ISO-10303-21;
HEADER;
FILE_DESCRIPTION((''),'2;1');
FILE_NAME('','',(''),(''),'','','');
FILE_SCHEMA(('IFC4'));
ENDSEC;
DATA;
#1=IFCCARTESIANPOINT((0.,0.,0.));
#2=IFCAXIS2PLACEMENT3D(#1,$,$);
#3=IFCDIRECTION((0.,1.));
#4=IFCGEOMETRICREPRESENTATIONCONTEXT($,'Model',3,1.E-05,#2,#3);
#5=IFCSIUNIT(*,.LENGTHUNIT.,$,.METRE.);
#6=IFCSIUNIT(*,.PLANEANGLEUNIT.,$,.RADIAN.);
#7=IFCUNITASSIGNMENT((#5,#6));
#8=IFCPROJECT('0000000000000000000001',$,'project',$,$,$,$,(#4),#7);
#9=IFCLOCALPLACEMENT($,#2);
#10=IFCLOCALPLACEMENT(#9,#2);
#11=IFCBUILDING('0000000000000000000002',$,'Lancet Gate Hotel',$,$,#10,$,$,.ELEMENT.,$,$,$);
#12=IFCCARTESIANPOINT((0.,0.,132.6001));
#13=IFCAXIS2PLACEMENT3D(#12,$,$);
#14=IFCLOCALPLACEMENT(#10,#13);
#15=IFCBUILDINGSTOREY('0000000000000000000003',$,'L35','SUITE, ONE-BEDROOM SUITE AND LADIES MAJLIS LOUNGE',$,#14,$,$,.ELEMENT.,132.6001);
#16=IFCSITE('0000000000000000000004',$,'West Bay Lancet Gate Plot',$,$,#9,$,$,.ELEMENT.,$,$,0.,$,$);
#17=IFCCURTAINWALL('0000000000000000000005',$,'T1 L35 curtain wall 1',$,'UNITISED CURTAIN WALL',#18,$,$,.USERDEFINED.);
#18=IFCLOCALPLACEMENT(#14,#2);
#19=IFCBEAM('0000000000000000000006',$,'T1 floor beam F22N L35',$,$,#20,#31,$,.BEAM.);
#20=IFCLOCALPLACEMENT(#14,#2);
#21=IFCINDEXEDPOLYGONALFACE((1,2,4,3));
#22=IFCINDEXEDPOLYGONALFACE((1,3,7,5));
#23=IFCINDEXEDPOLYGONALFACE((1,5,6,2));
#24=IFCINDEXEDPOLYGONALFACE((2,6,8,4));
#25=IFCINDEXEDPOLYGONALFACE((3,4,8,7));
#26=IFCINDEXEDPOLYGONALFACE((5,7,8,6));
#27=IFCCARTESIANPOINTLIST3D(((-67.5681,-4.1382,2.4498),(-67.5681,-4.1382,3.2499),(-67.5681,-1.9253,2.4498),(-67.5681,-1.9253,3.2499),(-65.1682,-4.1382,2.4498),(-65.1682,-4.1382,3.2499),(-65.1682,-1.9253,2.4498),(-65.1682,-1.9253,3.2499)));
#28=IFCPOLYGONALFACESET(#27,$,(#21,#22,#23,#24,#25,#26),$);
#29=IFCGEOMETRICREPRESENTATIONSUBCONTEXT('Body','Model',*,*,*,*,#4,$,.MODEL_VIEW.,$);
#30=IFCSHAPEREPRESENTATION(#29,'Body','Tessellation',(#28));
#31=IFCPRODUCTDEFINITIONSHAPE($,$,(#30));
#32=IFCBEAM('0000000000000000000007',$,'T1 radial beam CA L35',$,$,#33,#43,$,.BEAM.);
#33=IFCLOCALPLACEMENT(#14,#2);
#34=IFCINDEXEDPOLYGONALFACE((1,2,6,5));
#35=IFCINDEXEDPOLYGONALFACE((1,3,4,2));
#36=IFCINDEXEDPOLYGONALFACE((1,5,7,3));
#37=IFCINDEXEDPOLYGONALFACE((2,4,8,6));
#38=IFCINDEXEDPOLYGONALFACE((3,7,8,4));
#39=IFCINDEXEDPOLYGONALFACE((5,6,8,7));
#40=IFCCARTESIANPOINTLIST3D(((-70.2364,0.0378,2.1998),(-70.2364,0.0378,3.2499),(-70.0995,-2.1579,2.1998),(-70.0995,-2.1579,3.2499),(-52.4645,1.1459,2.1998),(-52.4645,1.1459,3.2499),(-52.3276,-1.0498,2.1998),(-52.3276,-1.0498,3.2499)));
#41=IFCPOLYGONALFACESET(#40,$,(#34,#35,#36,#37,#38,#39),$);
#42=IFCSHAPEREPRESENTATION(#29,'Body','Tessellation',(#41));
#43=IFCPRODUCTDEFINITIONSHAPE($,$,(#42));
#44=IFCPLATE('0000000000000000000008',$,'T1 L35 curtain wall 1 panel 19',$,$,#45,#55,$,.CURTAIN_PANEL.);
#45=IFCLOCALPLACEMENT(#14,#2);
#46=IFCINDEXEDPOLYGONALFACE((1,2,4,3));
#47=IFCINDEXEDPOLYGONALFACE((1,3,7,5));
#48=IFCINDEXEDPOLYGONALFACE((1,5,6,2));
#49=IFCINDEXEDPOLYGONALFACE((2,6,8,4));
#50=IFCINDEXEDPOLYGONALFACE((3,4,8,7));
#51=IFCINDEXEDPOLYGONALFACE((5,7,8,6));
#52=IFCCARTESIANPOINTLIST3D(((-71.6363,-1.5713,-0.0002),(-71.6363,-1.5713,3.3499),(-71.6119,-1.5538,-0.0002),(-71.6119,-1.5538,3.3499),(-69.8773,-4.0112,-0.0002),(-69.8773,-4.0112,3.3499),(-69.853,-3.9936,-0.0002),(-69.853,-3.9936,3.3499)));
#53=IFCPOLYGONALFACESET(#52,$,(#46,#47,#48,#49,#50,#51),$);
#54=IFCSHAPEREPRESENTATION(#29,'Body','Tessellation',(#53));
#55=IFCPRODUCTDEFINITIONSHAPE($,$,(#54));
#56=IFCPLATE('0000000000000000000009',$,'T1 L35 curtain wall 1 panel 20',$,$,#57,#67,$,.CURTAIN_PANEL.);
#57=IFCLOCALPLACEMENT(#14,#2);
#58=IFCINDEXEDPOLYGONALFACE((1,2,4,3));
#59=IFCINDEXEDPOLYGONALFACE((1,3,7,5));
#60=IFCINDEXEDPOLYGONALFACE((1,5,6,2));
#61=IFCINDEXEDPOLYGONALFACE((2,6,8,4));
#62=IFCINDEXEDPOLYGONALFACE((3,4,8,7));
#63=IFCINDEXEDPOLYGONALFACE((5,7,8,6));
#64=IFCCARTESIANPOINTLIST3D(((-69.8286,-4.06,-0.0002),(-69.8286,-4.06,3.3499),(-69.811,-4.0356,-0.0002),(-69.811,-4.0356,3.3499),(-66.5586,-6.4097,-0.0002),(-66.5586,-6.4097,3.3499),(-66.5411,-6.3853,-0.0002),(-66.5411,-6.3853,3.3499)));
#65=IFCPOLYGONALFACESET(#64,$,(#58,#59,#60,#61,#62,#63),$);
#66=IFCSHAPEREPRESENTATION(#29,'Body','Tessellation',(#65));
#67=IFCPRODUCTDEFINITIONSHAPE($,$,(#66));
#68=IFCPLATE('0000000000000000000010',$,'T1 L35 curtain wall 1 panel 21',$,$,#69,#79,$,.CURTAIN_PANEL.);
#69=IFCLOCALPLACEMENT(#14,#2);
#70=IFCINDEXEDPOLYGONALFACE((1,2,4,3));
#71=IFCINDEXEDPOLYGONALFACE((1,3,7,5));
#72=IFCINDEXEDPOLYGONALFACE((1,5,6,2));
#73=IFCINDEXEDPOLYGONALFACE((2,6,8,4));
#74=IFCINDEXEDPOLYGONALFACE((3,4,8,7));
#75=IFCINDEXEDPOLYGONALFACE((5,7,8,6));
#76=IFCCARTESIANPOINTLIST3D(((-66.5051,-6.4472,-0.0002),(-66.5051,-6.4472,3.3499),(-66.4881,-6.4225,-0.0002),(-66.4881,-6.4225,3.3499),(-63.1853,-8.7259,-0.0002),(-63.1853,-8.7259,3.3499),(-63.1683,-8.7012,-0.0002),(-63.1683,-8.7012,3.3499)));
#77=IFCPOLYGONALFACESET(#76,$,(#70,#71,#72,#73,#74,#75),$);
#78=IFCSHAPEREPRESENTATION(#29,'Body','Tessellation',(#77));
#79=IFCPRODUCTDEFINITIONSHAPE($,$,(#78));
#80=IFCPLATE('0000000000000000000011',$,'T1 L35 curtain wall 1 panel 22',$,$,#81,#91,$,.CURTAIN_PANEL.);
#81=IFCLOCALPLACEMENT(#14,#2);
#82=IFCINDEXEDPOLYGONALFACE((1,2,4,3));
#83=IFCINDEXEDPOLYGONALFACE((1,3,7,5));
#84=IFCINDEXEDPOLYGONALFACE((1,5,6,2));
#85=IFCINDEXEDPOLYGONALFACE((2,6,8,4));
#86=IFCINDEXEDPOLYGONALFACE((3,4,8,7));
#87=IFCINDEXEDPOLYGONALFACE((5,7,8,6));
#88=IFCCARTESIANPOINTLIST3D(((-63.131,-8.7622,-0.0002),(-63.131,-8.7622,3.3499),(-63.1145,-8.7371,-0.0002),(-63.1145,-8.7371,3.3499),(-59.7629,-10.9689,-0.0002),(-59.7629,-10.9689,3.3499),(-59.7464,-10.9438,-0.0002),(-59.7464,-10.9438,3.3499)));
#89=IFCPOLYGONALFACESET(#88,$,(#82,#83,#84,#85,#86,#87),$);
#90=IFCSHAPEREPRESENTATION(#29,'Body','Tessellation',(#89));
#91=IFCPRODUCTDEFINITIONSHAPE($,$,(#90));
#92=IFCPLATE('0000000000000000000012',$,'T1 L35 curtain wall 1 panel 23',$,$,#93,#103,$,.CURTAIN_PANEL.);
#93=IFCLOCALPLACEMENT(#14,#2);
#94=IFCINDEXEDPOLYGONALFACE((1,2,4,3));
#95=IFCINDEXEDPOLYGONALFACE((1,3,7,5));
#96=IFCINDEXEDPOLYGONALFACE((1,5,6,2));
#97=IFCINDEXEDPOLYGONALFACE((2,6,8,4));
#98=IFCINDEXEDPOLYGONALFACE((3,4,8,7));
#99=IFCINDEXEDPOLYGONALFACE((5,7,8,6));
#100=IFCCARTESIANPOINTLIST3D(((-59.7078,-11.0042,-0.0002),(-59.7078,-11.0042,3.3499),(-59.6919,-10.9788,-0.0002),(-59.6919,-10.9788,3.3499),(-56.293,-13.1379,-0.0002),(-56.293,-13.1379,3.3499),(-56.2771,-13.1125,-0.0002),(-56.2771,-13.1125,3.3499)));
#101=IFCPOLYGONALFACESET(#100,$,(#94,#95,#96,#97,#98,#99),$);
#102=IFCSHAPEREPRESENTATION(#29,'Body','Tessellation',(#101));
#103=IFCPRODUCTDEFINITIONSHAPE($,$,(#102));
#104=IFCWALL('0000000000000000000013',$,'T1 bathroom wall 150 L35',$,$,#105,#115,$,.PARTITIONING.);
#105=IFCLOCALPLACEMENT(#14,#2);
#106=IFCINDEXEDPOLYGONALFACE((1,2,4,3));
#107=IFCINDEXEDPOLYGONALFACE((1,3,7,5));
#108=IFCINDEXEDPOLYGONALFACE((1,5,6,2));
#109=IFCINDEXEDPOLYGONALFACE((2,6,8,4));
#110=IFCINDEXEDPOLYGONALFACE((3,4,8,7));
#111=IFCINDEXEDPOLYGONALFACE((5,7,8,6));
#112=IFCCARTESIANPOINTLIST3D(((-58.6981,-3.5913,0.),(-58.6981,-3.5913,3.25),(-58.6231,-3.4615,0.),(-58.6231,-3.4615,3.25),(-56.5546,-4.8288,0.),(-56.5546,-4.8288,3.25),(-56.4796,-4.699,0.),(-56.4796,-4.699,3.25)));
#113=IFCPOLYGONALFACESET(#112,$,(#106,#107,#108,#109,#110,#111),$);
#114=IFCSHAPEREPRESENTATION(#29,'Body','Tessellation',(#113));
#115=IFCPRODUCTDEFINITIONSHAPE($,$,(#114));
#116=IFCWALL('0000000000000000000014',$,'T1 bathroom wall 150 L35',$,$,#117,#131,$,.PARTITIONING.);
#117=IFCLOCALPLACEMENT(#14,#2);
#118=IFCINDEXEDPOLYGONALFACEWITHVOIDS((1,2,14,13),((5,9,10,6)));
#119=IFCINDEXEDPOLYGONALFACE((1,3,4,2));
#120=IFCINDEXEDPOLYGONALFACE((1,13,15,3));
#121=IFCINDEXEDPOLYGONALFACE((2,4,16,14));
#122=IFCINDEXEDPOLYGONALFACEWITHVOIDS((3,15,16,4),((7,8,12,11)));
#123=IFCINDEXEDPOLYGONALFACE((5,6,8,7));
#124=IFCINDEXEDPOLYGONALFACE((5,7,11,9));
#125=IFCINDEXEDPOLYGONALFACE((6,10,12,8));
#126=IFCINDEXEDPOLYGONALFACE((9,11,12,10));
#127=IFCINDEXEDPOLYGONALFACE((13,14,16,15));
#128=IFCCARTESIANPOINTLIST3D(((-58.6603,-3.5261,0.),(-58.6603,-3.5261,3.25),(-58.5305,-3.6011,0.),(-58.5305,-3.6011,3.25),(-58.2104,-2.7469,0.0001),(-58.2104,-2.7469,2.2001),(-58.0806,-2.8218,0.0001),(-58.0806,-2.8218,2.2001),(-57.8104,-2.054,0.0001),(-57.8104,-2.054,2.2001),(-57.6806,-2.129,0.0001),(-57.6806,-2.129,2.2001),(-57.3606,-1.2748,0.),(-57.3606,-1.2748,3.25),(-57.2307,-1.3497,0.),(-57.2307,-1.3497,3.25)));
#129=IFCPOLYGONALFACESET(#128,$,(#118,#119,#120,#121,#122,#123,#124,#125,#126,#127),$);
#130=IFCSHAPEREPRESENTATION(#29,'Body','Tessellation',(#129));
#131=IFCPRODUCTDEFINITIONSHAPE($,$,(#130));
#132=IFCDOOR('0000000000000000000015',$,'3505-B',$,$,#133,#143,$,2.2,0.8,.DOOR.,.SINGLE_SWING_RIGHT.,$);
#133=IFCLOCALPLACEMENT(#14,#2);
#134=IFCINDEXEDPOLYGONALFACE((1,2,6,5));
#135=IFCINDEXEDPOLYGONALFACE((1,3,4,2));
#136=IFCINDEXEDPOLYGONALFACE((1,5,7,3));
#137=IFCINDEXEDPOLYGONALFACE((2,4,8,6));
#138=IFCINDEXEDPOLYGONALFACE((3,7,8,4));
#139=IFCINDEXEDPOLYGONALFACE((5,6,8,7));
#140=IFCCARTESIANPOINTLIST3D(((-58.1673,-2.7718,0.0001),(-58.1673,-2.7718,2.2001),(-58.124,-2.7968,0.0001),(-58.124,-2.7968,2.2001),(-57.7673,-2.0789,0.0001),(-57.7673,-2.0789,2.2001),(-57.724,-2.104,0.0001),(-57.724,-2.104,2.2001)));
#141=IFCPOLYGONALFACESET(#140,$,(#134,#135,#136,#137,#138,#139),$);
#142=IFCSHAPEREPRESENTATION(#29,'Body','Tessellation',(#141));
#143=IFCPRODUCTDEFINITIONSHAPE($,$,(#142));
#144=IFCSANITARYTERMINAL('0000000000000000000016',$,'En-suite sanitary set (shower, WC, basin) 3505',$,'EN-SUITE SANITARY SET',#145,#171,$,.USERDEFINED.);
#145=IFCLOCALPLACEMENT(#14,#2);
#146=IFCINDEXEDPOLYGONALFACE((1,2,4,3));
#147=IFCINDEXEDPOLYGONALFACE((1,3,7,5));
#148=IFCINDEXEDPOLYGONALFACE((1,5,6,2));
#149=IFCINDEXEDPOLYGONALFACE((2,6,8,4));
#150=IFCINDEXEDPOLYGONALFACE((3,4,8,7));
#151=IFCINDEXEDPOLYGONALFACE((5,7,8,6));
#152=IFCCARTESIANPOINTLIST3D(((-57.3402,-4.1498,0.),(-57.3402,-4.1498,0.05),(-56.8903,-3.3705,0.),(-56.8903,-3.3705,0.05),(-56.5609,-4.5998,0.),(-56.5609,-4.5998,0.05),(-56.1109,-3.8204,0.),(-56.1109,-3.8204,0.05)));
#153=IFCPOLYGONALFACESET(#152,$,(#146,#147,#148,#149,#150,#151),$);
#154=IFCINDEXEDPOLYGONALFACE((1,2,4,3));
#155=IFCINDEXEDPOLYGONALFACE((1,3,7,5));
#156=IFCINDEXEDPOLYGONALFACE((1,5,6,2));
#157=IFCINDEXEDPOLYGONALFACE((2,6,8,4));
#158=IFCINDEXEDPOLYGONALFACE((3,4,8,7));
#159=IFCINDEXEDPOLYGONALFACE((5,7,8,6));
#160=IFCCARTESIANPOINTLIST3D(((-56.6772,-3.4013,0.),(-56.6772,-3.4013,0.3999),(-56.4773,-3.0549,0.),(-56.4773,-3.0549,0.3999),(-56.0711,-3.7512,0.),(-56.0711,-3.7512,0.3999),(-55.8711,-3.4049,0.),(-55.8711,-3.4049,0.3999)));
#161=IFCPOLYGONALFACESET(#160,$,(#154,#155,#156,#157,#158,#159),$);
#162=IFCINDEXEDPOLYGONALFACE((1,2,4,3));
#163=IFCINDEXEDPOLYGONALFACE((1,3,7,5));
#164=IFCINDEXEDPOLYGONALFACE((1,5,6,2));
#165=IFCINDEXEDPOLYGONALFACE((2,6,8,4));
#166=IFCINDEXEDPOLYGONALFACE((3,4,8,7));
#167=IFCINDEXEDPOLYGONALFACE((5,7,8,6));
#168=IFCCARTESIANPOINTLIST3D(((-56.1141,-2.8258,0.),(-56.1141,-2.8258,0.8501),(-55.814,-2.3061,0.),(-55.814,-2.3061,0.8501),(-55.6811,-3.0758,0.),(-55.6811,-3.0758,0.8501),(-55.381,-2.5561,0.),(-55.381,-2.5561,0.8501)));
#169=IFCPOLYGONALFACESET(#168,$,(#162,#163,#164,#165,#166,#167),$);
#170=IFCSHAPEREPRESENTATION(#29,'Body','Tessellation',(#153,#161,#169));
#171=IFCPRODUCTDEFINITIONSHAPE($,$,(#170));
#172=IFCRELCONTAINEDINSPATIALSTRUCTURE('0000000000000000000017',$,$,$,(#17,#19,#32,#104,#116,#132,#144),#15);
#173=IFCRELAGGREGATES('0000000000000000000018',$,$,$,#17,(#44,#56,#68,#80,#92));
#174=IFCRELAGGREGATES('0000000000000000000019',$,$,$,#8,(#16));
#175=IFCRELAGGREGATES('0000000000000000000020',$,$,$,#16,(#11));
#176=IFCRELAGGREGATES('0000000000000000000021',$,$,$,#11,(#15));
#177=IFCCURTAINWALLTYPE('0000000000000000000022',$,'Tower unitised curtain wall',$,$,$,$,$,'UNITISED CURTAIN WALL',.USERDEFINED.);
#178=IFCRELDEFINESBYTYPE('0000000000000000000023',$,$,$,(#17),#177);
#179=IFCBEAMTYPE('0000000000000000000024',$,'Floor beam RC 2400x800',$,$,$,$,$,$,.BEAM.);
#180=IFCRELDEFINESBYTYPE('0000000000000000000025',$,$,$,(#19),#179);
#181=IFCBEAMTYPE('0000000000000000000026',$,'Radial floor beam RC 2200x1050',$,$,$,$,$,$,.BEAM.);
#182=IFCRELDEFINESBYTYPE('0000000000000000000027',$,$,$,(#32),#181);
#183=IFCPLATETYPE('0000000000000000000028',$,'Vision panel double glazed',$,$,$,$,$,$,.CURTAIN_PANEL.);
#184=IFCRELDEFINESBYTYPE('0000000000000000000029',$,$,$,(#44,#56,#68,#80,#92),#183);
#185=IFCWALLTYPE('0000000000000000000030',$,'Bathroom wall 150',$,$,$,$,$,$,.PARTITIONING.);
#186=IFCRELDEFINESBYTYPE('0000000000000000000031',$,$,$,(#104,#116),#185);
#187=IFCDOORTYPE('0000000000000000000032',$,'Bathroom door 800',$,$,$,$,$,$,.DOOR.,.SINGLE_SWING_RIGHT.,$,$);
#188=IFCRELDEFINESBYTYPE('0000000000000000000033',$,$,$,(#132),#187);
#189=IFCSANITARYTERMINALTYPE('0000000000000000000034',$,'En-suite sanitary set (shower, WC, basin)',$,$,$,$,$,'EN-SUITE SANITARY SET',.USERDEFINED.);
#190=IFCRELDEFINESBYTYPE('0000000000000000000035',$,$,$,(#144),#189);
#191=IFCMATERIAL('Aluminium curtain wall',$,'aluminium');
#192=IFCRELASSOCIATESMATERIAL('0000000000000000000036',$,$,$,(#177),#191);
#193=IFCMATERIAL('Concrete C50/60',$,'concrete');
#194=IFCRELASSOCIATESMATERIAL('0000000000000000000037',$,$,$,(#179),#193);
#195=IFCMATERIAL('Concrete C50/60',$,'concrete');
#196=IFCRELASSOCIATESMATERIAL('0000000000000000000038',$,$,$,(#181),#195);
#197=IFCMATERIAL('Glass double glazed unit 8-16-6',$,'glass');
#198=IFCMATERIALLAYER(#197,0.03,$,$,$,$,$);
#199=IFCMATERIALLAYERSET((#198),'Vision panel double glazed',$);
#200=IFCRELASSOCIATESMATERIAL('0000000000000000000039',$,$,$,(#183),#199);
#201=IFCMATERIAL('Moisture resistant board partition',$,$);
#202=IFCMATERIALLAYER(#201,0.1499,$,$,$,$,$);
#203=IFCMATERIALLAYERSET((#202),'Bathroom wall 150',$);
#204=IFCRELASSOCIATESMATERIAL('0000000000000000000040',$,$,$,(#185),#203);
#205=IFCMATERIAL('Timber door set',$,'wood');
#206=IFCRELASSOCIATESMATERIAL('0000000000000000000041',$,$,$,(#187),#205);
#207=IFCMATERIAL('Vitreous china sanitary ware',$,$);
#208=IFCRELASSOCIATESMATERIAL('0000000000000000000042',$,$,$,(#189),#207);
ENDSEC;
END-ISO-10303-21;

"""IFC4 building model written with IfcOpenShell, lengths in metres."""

from ifc_helpers import new_model, si_unit, direction, frame, frame_2d, origin, origin_2d, place, context, subcontext, project, spatial, rectangle, extrude, material, layer, layer_set, material_profile, profile_set, type_object, element, fill, aggregate, save


model = new_model("IFC4")

# Units and contexts
model_context = context("Model", 3, precision=1e-05, world=origin(), true_north=direction((0.0, 1.0)))
body_context = subcontext(model_context, "Body", "Model", "MODEL_VIEW")
ifc_project = project(units=[si_unit("LENGTHUNIT", "METRE"), si_unit("PLANEANGLEUNIT", "RADIAN")], contexts=[model_context])

# Site, building, storey
site_placement = place(None, origin())
site = spatial("IfcSite", under=ifc_project, at=site_placement, Name="West Bay Lancet Gate Plot", CompositionType="ELEMENT", RefElevation=0.0)
building_placement = place(site_placement, origin())
building = spatial("IfcBuilding", under=site, at=building_placement, Name="Lancet Gate Hotel", CompositionType="ELEMENT")
storey_placement = place(building_placement, frame((0.0, 0.0, 132.6001)))
storey = spatial("IfcBuildingStorey", under=building, at=storey_placement, Name="L35", Description="SUITE, ONE-BEDROOM SUITE AND LADIES MAJLIS LOUNGE", CompositionType="ELEMENT", Elevation=132.6001)

# Curtain wall
ifc_material_1 = material(Name="Aluminium curtain wall", Category="aluminium")
curtain_wall_type = type_object("IfcCurtainWallType", Name="Tower unitised curtain wall", ElementType="UNITISED CURTAIN WALL", PredefinedType="USERDEFINED", material=ifc_material_1)
curtain_wall_placement = place(storey_placement, origin())
curtain_wall = element("IfcCurtainWall", 1, at=curtain_wall_placement, inside=storey, type_object=curtain_wall_type, Name="T1 L35 curtain wall 1", ObjectType="UNITISED CURTAIN WALL", PredefinedType="USERDEFINED")

# Beams
ifc_material_2 = material(Name="Concrete C50/60", Category="concrete")
ifc_material_profile_1 = material_profile(ifc_material_2, rectangle(XDim=2.3999, YDim=0.8, at=origin_2d()), Name="RC 2400x800")
ifc_profile_set_1 = profile_set([ifc_material_profile_1], Name="Concrete C50/60")
beam_type_1 = type_object("IfcBeamType", Name="Floor beam RC 2400x800", PredefinedType="BEAM", material=ifc_profile_set_1)
beam_1_placement = place(storey_placement, frame((-66.3682, -1.9253, 2.8499), z_axis=(0.0, -1.0, 0.0), x_axis=(1.0, 0.0, 0.0)))
element("IfcBeam", 2, at=beam_1_placement, inside=storey, type_object=beam_type_1, Name="T1 floor beam F22N L35", PredefinedType="BEAM", context=body_context, shape_type="SweptSolid", body=[
    extrude(rectangle(XDim=2.3999, YDim=0.8, at=origin_2d()), origin(), (0.0, 0.0, 1.0), 2.2129),
])
ifc_material_3 = material(Name="Concrete C50/60", Category="concrete")
ifc_material_profile_2 = material_profile(ifc_material_3, rectangle(XDim=2.2, YDim=1.05, at=origin_2d()), Name="RC 2200x1050")
ifc_profile_set_2 = profile_set([ifc_material_profile_2], Name="Concrete C50/60")
beam_type_2 = type_object("IfcBeamType", Name="Radial floor beam RC 2200x1050", PredefinedType="BEAM", material=ifc_profile_set_2)
beam_2_placement = place(storey_placement, frame((-70.168, -1.0601, 2.7249), z_axis=(0.998062, 0.062233, 0.0), x_axis=(-0.062233, 0.998062, 0.0)))
element("IfcBeam", 3, at=beam_2_placement, inside=storey, type_object=beam_type_2, Name="T1 radial beam CA L35", PredefinedType="BEAM", context=body_context, shape_type="SweptSolid", body=[
    extrude(rectangle(XDim=2.2, YDim=1.05, at=origin_2d()), origin(), (0.0, 0.0, 1.0), 17.8064),
])

# Plates
ifc_material_4 = material(Name="Glass double glazed unit 8-16-6", Category="glass")
ifc_layer_1 = layer(ifc_material_4, 0.03)
ifc_layer_set_1 = layer_set([ifc_layer_1], Name="Vision panel double glazed")
plate_type = type_object("IfcPlateType", Name="Vision panel double glazed", PredefinedType="CURTAIN_PANEL", material=ifc_layer_set_1)
plate_1_placement = place(storey_placement, frame((-70.7446, -2.7825, -0.0002), z_axis=(0.0, 0.0, 1.0), x_axis=(0.584809, -0.811171, 0.0)))
plate_1 = element("IfcPlate", 4, at=plate_1_placement, type_object=plate_type, Name="T1 L35 curtain wall 1 panel 19", PredefinedType="CURTAIN_PANEL", context=body_context, shape_type="SweptSolid", body=[
    extrude(rectangle(XDim=3.0078, YDim=0.03, at=origin_2d()), origin(), (0.0, 0.0, 1.0), 3.3501),
])
plate_2_placement = place(storey_placement, frame((-68.1848, -5.2227, -0.0002), z_axis=(0.0, 0.0, 1.0), x_axis=(0.812093, -0.583528, 0.0)))
plate_2 = element("IfcPlate", 5, at=plate_2_placement, type_object=plate_type, Name="T1 L35 curtain wall 1 panel 20", PredefinedType="CURTAIN_PANEL", context=body_context, shape_type="SweptSolid", body=[
    extrude(rectangle(XDim=4.0266, YDim=0.03, at=origin_2d()), origin(), (0.0, 0.0, 1.0), 3.3501),
])
plate_3_placement = place(storey_placement, frame((-64.8367, -7.5742, -0.0002), z_axis=(0.0, 0.0, 1.0), x_axis=(0.824466, -0.565911, 0.0)))
plate_3 = element("IfcPlate", 6, at=plate_3_placement, type_object=plate_type, Name="T1 L35 curtain wall 1 panel 21", PredefinedType="CURTAIN_PANEL", context=body_context, shape_type="SweptSolid", body=[
    extrude(rectangle(XDim=4.0266, YDim=0.03, at=origin_2d()), origin(), (0.0, 0.0, 1.0), 3.3501),
])
plate_4_placement = place(storey_placement, frame((-61.4387, -9.853, -0.0002), z_axis=(0.0, 0.0, 1.0), x_axis=(0.836458, -0.548032, 0.0)))
plate_4 = element("IfcPlate", 7, at=plate_4_placement, type_object=plate_type, Name="T1 L35 curtain wall 1 panel 22", PredefinedType="CURTAIN_PANEL", context=body_context, shape_type="SweptSolid", body=[
    extrude(rectangle(XDim=4.0266, YDim=0.03, at=origin_2d()), origin(), (0.0, 0.0, 1.0), 3.3501),
])
plate_5_placement = place(storey_placement, frame((-57.9924, -12.0583, -0.0002), z_axis=(0.0, 0.0, 1.0), x_axis=(0.848061, -0.529899, 0.0)))
plate_5 = element("IfcPlate", 8, at=plate_5_placement, type_object=plate_type, Name="T1 L35 curtain wall 1 panel 23", PredefinedType="CURTAIN_PANEL", context=body_context, shape_type="SweptSolid", body=[
    extrude(rectangle(XDim=4.0266, YDim=0.03, at=origin_2d()), origin(), (0.0, 0.0, 1.0), 3.3501),
])
aggregate(curtain_wall, [plate_1, plate_2, plate_3, plate_4, plate_5])

# Wall
ifc_material_5 = material(Name="Moisture resistant board partition")
ifc_layer_2 = layer(ifc_material_5, 0.1499)
ifc_layer_set_2 = layer_set([ifc_layer_2], Name="Bathroom wall 150")
wall_type = type_object("IfcWallType", Name="Bathroom wall 150", PredefinedType="PARTITIONING", material=ifc_layer_set_2)
wall_1_placement = place(storey_placement, frame((-56.5171, -4.7639, 0.0), z_axis=(0.0, 0.0, 1.0), x_axis=(-0.866031, 0.49999, 0.0)))
element("IfcWall", 9, at=wall_1_placement, inside=storey, type_object=wall_type, Name="T1 bathroom wall 150 L35", PredefinedType="PARTITIONING", context=body_context, shape_type="SweptSolid", body=[
    extrude(rectangle(XDim=2.4751, YDim=0.1499, at=frame_2d((1.2375, 0.0))), origin(), (0.0, 0.0, 1.0), 3.25),
])

# Wall, opening, door
wall_2_placement = place(storey_placement, frame((-57.2957, -1.3123, 0.0), z_axis=(0.0, 0.0, 1.0), x_axis=(-0.499977, -0.866039, 0.0)))
wall_2 = element("IfcWall", 10, at=wall_2_placement, inside=storey, type_object=wall_type, Name="T1 bathroom wall 150 L35", PredefinedType="PARTITIONING", context=body_context, shape_type="SweptSolid", body=[
    extrude(rectangle(XDim=2.5996, YDim=0.1499, at=frame_2d((1.2998, 0.0))), origin(), (0.0, 0.0, 1.0), 3.25),
])
opening_placement = place(wall_2_placement, frame((0.8999, 0.0, 0.0)))
opening = element("IfcOpeningElement", 11, at=opening_placement, cuts=wall_2, PredefinedType="OPENING", context=body_context, shape_type="SweptSolid", body=[
    extrude(rectangle(XDim=0.8, YDim=2.2, at=frame_2d((0.3999, 1.1001))), frame((0.0, 0.085, 0.0), z_axis=(0.0, -1.0, 0.0), x_axis=(1.0, 0.0, 0.0)), (0.0, 0.0, 1.0), 0.1699),
])
ifc_material_6 = material(Name="Timber door set", Category="wood")
door_type = type_object("IfcDoorType", Name="Bathroom door 800", OperationType="SINGLE_SWING_RIGHT", PredefinedType="DOOR", material=ifc_material_6)
door_placement = place(opening_placement, origin())
door = element("IfcDoor", 12, at=door_placement, inside=storey, type_object=door_type, Name="3505-B", OperationType="SINGLE_SWING_RIGHT", OverallHeight=2.2, OverallWidth=0.8, PredefinedType="DOOR", context=body_context, shape_type="SweptSolid", body=[
    extrude(rectangle(XDim=0.8, YDim=2.2, at=frame_2d((0.3999, 1.1001))), frame((0.0, 0.0249, 0.0), z_axis=(0.0, -1.0, 0.0), x_axis=(1.0, 0.0, 0.0)), (0.0, 0.0, 1.0), 0.05),
])
fill(opening, door)

# Sanitary terminal
ifc_material_7 = material(Name="Vitreous china sanitary ware")
sanitary_terminal_type = type_object("IfcSanitaryTerminalType", Name="En-suite sanitary set (shower, WC, basin)", ElementType="EN-SUITE SANITARY SET", PredefinedType="USERDEFINED", material=ifc_material_7)
sanitary_terminal_placement = place(storey_placement, frame((-56.7256, -3.9851, 0.0), z_axis=(0.0, 0.0, 1.0), x_axis=(1.0, 0.0, 0.0)))
element("IfcSanitaryTerminal", 13, at=sanitary_terminal_placement, inside=storey, type_object=sanitary_terminal_type, Name="En-suite sanitary set (shower, WC, basin) 3505", ObjectType="EN-SUITE SANITARY SET", PredefinedType="USERDEFINED", context=body_context, shape_type="SweptSolid", body=[
    extrude(rectangle(XDim=0.8999, YDim=0.8999, at=origin_2d()), frame((0.0, 0.0, 0.0), z_axis=(0.0, 0.0, 1.0), x_axis=(-0.5, -0.866025, 0.0)), (0.0, 0.0, 1.0), 0.05),
    extrude(rectangle(XDim=0.3999, YDim=0.7, at=origin_2d()), frame((0.4514, 0.582, 0.0), z_axis=(0.0, 0.0, 1.0), x_axis=(-0.5, -0.866025, 0.0)), (0.0, 0.0, 1.0), 0.3999),
    extrude(rectangle(XDim=0.6001, YDim=0.5, at=origin_2d()), frame((0.978, 1.2942, 0.0), z_axis=(0.0, 0.0, 1.0), x_axis=(-0.5, -0.866025, 0.0)), (0.0, 0.0, 1.0), 0.8501),
])

save(model, "model.ifc")
